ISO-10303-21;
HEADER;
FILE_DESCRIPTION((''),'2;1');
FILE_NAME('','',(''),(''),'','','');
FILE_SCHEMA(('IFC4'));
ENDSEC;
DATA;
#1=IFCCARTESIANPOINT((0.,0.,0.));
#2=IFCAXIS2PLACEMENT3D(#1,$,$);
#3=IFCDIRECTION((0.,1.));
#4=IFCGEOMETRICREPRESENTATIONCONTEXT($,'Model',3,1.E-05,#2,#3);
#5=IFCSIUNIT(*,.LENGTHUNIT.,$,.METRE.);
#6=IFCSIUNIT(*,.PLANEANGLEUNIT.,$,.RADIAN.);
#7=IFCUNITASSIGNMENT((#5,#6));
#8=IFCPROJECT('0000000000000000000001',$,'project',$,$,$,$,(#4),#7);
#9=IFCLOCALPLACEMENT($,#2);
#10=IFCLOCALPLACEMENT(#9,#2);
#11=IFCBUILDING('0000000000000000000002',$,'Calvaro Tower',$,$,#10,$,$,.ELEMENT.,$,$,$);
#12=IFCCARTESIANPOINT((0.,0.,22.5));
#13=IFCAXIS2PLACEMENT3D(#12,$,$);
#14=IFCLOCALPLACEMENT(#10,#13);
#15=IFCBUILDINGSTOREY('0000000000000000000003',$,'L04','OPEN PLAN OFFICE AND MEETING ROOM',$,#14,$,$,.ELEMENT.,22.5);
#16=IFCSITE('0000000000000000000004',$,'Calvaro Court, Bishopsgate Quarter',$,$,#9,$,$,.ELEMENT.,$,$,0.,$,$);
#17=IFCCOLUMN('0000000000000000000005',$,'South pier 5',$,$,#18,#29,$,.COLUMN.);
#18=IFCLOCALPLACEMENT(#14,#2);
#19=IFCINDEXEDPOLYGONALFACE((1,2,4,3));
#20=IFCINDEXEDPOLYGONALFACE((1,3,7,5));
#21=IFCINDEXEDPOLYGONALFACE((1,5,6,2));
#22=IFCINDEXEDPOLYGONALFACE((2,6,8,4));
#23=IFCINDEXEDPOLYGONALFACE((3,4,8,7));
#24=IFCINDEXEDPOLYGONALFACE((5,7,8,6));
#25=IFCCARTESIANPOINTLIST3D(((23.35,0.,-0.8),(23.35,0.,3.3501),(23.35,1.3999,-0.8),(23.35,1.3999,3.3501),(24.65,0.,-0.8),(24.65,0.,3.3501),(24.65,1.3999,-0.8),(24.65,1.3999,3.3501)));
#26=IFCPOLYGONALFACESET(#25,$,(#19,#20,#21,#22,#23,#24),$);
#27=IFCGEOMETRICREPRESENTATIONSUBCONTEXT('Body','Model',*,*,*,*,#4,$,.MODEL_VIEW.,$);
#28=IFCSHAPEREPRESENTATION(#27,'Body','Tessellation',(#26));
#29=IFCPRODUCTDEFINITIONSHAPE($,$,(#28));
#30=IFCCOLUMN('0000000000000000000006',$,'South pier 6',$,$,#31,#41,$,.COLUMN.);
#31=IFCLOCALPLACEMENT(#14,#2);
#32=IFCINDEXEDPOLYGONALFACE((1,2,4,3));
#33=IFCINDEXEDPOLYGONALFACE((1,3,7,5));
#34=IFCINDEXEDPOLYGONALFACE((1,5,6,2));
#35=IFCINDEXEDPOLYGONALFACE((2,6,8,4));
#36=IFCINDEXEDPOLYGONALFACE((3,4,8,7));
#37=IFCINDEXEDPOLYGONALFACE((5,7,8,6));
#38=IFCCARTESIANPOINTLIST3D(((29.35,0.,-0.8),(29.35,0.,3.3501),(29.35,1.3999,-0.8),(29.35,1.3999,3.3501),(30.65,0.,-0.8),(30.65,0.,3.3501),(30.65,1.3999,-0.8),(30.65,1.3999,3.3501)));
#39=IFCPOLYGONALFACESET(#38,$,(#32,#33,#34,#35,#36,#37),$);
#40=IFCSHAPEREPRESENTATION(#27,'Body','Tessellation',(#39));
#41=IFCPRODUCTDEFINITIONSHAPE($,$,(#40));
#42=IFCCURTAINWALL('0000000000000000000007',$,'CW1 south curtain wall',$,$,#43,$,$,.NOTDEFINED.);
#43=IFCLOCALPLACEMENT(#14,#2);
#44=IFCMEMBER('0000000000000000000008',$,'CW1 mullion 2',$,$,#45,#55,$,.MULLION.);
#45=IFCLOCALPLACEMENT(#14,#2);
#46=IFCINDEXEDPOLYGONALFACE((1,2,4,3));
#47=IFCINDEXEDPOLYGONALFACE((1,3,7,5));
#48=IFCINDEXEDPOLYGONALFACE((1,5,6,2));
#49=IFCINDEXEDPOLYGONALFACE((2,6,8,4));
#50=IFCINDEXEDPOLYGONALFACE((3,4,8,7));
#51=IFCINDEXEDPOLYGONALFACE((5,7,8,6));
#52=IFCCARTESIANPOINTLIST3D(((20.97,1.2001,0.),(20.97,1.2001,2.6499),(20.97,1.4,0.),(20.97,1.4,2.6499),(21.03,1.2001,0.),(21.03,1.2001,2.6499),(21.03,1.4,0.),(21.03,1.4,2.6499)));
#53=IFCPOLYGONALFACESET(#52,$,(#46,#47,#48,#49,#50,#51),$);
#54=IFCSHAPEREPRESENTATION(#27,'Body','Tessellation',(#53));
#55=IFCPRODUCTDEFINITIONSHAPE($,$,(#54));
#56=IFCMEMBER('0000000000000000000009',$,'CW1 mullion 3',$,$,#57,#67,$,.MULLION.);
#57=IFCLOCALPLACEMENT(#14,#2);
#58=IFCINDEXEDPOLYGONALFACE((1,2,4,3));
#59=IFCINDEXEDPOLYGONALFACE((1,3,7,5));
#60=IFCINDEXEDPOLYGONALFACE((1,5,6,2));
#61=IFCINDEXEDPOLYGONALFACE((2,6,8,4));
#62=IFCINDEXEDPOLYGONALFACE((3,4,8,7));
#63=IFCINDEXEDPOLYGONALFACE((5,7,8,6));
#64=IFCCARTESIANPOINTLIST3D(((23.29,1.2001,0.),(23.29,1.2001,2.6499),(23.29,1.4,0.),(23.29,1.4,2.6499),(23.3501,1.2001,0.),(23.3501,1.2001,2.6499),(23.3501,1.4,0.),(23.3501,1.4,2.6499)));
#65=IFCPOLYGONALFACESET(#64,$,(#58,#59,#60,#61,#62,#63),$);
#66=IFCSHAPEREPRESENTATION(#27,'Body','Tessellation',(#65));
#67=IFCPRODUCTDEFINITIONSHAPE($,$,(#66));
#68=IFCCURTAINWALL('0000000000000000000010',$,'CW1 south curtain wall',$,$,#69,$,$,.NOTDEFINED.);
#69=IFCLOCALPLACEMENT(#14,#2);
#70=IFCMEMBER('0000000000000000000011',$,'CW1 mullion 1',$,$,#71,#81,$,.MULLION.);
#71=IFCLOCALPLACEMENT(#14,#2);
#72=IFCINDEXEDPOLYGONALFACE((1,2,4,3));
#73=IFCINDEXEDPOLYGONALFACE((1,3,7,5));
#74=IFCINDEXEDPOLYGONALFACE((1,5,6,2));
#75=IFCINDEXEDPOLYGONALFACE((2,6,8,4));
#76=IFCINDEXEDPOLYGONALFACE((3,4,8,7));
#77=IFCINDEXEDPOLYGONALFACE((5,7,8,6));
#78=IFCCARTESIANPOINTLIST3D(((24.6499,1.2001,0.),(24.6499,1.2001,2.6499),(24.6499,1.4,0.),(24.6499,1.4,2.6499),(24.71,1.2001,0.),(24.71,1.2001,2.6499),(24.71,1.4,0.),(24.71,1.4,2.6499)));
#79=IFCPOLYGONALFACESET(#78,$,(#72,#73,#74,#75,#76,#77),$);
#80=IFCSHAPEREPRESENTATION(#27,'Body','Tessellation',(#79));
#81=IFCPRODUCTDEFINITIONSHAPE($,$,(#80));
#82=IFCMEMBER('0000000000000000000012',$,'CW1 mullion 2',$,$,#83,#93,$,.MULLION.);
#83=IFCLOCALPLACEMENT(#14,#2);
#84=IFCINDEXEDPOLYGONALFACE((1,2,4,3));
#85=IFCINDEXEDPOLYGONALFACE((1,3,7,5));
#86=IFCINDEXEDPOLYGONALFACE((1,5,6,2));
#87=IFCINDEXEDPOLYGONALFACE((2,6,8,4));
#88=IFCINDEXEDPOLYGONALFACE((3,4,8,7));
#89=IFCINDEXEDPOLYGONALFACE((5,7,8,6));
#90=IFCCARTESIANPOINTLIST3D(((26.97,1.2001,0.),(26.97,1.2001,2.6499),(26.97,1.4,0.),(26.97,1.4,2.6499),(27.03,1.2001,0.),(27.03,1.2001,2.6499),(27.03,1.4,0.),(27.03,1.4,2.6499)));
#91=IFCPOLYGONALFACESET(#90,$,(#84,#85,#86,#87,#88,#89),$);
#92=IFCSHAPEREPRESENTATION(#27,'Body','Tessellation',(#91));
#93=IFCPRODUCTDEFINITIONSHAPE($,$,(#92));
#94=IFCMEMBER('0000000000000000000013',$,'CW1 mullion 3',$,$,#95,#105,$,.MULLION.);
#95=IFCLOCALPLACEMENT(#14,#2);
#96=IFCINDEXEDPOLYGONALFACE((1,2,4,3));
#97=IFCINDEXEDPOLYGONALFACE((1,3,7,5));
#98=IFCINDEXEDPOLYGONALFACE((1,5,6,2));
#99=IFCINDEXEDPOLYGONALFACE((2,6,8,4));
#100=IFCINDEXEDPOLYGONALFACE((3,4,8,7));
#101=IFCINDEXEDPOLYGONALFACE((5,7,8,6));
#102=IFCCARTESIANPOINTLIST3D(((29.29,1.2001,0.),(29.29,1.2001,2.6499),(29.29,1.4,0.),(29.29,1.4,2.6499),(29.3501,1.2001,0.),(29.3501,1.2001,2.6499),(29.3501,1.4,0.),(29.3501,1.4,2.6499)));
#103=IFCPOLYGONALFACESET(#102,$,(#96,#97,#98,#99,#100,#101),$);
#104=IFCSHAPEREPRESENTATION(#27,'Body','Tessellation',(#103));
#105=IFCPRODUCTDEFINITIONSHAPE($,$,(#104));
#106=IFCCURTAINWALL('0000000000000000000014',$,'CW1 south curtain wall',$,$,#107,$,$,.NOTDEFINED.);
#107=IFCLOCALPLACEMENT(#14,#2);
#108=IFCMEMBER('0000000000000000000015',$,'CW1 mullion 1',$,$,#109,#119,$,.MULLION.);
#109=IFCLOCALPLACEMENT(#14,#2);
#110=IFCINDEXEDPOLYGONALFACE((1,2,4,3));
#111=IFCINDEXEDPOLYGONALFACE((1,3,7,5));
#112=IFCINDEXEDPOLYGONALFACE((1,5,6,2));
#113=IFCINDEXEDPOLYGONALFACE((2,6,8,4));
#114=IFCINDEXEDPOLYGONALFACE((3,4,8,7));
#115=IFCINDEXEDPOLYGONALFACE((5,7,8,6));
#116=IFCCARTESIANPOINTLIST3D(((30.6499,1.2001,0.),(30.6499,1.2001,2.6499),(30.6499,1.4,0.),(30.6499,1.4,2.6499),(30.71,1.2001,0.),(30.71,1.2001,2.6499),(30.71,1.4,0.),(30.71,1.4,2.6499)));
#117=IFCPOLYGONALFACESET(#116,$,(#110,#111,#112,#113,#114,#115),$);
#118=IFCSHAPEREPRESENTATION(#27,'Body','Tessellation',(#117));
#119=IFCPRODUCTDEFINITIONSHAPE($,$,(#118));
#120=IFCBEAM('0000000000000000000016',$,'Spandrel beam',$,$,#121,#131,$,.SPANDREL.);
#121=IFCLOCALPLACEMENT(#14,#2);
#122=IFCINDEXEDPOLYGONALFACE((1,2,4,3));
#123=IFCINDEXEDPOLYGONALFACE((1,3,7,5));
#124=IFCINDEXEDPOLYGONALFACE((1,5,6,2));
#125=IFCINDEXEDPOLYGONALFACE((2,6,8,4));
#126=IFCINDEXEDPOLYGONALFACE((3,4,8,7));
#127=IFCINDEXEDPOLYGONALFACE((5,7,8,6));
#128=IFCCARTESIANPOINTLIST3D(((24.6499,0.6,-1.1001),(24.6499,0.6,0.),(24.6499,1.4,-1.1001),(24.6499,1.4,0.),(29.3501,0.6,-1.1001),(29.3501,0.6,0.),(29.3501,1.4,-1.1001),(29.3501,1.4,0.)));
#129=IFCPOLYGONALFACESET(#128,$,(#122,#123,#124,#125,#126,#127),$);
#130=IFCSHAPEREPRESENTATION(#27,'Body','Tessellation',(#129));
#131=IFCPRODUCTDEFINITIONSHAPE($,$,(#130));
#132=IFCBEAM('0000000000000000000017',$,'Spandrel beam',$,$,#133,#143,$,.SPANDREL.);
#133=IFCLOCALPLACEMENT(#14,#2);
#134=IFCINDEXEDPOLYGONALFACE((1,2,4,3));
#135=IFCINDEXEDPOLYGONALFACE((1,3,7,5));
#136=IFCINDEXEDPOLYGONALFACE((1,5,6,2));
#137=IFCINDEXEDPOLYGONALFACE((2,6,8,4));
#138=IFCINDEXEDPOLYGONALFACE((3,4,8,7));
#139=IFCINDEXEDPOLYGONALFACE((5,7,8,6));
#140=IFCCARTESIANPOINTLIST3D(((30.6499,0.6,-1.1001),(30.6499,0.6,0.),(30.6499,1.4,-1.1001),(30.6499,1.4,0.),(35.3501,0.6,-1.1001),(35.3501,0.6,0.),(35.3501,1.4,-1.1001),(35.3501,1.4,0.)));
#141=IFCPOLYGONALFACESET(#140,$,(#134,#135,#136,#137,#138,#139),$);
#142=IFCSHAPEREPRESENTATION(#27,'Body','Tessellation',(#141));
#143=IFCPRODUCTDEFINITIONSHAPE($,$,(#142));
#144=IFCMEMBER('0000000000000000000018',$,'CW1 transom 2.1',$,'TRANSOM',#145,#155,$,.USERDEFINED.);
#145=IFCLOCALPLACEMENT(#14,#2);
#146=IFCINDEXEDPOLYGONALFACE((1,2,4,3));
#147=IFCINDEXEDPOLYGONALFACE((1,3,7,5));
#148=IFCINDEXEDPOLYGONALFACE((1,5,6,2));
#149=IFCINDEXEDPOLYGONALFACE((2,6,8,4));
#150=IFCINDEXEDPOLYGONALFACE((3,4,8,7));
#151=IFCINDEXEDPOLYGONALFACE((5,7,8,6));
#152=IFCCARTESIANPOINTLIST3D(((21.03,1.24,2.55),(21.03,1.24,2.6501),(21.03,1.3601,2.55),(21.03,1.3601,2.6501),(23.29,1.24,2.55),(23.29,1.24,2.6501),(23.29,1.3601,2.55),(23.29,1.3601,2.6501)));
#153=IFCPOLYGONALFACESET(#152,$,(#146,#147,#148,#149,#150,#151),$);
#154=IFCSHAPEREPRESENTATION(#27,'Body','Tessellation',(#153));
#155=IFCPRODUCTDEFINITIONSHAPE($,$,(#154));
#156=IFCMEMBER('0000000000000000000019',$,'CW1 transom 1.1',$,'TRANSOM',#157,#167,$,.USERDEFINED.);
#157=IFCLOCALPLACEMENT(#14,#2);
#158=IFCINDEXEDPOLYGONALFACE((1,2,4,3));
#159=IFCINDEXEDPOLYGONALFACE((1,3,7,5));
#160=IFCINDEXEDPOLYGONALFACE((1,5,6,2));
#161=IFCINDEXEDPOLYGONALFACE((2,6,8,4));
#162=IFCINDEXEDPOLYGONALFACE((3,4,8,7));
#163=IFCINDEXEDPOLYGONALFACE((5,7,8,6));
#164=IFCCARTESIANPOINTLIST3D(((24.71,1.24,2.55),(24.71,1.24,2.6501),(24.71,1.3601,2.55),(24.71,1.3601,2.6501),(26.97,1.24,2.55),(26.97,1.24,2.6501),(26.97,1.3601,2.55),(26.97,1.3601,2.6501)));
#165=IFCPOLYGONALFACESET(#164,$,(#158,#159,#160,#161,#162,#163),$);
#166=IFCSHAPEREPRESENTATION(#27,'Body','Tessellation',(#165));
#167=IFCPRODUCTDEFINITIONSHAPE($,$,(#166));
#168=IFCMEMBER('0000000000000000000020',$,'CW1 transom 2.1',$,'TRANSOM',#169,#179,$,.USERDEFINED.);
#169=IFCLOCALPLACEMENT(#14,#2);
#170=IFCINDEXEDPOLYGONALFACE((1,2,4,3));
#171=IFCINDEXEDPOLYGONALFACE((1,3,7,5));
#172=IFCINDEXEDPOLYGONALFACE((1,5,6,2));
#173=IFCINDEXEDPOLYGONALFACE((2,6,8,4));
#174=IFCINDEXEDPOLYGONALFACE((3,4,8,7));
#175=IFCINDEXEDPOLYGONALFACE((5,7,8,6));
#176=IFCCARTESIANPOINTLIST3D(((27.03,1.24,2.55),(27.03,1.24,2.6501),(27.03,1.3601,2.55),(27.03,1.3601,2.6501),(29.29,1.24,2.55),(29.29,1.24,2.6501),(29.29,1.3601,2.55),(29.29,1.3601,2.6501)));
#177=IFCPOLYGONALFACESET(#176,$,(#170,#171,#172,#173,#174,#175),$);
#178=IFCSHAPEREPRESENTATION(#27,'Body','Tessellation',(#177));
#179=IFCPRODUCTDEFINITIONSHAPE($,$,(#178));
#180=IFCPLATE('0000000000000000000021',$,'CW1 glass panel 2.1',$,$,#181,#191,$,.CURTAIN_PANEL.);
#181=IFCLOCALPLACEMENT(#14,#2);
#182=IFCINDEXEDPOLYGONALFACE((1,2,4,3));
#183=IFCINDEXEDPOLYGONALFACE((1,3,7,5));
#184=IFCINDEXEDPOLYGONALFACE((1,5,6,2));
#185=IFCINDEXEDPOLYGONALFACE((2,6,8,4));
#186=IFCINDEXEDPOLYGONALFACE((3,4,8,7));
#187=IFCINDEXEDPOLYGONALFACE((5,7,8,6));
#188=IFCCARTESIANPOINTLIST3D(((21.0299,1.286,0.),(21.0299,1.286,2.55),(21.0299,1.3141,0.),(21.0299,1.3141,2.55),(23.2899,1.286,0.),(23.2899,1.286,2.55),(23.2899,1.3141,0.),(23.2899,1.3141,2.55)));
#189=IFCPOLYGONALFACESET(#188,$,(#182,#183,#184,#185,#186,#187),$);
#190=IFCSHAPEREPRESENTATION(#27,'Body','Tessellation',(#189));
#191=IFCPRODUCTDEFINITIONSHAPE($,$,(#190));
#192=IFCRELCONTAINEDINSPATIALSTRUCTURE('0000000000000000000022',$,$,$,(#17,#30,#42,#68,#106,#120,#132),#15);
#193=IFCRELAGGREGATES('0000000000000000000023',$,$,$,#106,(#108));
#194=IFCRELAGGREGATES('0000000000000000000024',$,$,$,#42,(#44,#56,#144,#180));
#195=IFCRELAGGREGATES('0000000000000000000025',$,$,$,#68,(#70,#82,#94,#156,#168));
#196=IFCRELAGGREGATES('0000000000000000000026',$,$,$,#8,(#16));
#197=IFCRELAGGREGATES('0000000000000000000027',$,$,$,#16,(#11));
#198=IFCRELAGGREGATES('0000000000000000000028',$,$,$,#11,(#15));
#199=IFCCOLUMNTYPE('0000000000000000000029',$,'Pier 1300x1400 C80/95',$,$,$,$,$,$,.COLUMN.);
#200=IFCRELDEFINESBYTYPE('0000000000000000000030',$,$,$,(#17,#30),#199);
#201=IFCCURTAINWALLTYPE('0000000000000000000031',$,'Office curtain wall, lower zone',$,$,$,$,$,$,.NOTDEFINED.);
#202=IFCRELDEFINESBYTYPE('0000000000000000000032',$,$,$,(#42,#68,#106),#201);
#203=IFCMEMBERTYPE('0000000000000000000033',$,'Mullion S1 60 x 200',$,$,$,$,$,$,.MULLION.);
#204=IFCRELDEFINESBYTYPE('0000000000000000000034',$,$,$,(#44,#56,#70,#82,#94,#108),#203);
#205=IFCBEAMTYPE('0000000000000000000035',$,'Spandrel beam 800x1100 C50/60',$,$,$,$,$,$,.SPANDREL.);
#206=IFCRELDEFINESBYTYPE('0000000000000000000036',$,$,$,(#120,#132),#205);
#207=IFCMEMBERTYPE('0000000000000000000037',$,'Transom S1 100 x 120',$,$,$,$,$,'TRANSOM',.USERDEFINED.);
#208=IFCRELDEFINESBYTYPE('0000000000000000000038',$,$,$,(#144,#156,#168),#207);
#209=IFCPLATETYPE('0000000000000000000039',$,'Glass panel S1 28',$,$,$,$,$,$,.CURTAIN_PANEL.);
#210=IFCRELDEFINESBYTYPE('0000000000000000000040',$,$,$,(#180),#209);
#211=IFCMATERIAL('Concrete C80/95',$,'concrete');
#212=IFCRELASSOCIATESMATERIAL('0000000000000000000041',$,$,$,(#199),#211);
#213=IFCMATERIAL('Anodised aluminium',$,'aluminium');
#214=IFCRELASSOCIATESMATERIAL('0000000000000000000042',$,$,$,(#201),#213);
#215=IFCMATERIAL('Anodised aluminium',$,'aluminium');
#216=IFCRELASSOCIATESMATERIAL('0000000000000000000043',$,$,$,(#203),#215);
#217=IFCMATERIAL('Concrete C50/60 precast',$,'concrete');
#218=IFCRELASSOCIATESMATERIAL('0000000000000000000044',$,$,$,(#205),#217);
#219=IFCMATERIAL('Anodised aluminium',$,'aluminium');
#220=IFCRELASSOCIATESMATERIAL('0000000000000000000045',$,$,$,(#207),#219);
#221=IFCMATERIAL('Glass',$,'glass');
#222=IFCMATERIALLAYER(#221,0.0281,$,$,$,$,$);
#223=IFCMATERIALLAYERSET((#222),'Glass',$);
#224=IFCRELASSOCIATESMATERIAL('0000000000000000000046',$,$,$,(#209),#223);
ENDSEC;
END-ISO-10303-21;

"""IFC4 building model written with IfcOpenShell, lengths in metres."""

from ifc_helpers import new_model, si_unit, direction, frame, origin, origin_2d, place, context, subcontext, project, spatial, rectangle, extrude, material, layer, layer_set, material_profile, profile_set, type_object, element, aggregate, save


model = new_model("IFC4")

# Units and contexts
model_context = context("Model", 3, precision=1e-05, world=origin(), true_north=direction((0.0, 1.0)))
body_context = subcontext(model_context, "Body", "Model", "MODEL_VIEW")
ifc_project = project(units=[si_unit("LENGTHUNIT", "METRE"), si_unit("PLANEANGLEUNIT", "RADIAN")], contexts=[model_context])

# Site, building, storey
site_placement = place(None, origin())
site = spatial("IfcSite", under=ifc_project, at=site_placement, Name="Calvaro Court, Bishopsgate Quarter", CompositionType="ELEMENT", RefElevation=0.0)
building_placement = place(site_placement, origin())
building = spatial("IfcBuilding", under=site, at=building_placement, Name="Calvaro Tower", CompositionType="ELEMENT")
storey_placement = place(building_placement, frame((0.0, 0.0, 22.5)))
storey = spatial("IfcBuildingStorey", under=building, at=storey_placement, Name="L04", Description="OPEN PLAN OFFICE AND MEETING ROOM", CompositionType="ELEMENT", Elevation=22.5)

# Columns
ifc_material_1 = material(Name="Concrete C80/95", Category="concrete")
ifc_material_profile_1 = material_profile(ifc_material_1, rectangle(XDim=1.3, YDim=1.3999, at=origin_2d()), Name="RC 1300x1400")
ifc_profile_set_1 = profile_set([ifc_material_profile_1], Name="Concrete C80/95")
column_type = type_object("IfcColumnType", Name="Pier 1300x1400 C80/95", PredefinedType="COLUMN", material=ifc_profile_set_1)
for number, where, z_axis, x_axis, name in (
    (1, (24.0, 0.7, -0.8), (0.0, 0.0, 1.0), (1.0, 0.0, 0.0), "South pier 5"),
    (2, (30.0, 0.7, -0.8), (0.0, 0.0, 1.0), (1.0, 0.0, 0.0), "South pier 6"),
):
    element("IfcColumn", number, at=place(storey_placement, frame(where, z_axis=z_axis, x_axis=x_axis)), inside=storey, type_object=column_type, Name=name, PredefinedType="COLUMN", context=body_context, shape_type="SweptSolid", body=[
        extrude(rectangle(XDim=1.3, YDim=1.3999, at=origin_2d()), origin(), (0.0, 0.0, 1.0), 4.1501),
    ])

# Curtain walls, members
ifc_material_2 = material(Name="Anodised aluminium", Category="aluminium")
curtain_wall_type = type_object("IfcCurtainWallType", Name="Office curtain wall, lower zone", PredefinedType="NOTDEFINED", material=ifc_material_2)
curtain_wall_1_placement = place(storey_placement, origin())
curtain_wall_1 = element("IfcCurtainWall", 3, at=curtain_wall_1_placement, inside=storey, type_object=curtain_wall_type, Name="CW1 south curtain wall", PredefinedType="NOTDEFINED")
ifc_material_3 = material(Name="Anodised aluminium", Category="aluminium")
ifc_material_profile_2 = material_profile(ifc_material_3, rectangle(XDim=0.2, YDim=0.0601, at=origin_2d()), Name="Mullion S1 60 x 200")
ifc_profile_set_2 = profile_set([ifc_material_profile_2], Name="Anodised aluminium")
member_type_1 = type_object("IfcMemberType", Name="Mullion S1 60 x 200", PredefinedType="MULLION", material=ifc_profile_set_2)
member_1_placement = place(storey_placement, frame((21.0, 1.3, 0.0), z_axis=(0.0, 0.0, 1.0), x_axis=(0.0, 1.0, 0.0)))
member_1 = element("IfcMember", 4, at=member_1_placement, type_object=member_type_1, Name="CW1 mullion 2", PredefinedType="MULLION", context=body_context, shape_type="SweptSolid", body=[
    extrude(rectangle(XDim=0.2, YDim=0.0601, at=origin_2d()), origin(), (0.0, 0.0, 1.0), 2.6499),
])
member_2_placement = place(storey_placement, frame((23.3201, 1.3, 0.0), z_axis=(0.0, 0.0, 1.0), x_axis=(0.0, 1.0, 0.0)))
member_2 = element("IfcMember", 5, at=member_2_placement, type_object=member_type_1, Name="CW1 mullion 3", PredefinedType="MULLION", context=body_context, shape_type="SweptSolid", body=[
    extrude(rectangle(XDim=0.2, YDim=0.0601, at=origin_2d()), origin(), (0.0, 0.0, 1.0), 2.6499),
])
curtain_wall_2_placement = place(storey_placement, origin())
curtain_wall_2 = element("IfcCurtainWall", 6, at=curtain_wall_2_placement, inside=storey, type_object=curtain_wall_type, Name="CW1 south curtain wall", PredefinedType="NOTDEFINED")
member_3_placement = place(storey_placement, frame((24.6799, 1.3, 0.0), z_axis=(0.0, 0.0, 1.0), x_axis=(0.0, 1.0, 0.0)))
member_3 = element("IfcMember", 7, at=member_3_placement, type_object=member_type_1, Name="CW1 mullion 1", PredefinedType="MULLION", context=body_context, shape_type="SweptSolid", body=[
    extrude(rectangle(XDim=0.2, YDim=0.0601, at=origin_2d()), origin(), (0.0, 0.0, 1.0), 2.6499),
])
member_4_placement = place(storey_placement, frame((27.0, 1.3, 0.0), z_axis=(0.0, 0.0, 1.0), x_axis=(0.0, 1.0, 0.0)))
member_4 = element("IfcMember", 8, at=member_4_placement, type_object=member_type_1, Name="CW1 mullion 2", PredefinedType="MULLION", context=body_context, shape_type="SweptSolid", body=[
    extrude(rectangle(XDim=0.2, YDim=0.0601, at=origin_2d()), origin(), (0.0, 0.0, 1.0), 2.6499),
])
member_5_placement = place(storey_placement, frame((29.3201, 1.3, 0.0), z_axis=(0.0, 0.0, 1.0), x_axis=(0.0, 1.0, 0.0)))
member_5 = element("IfcMember", 9, at=member_5_placement, type_object=member_type_1, Name="CW1 mullion 3", PredefinedType="MULLION", context=body_context, shape_type="SweptSolid", body=[
    extrude(rectangle(XDim=0.2, YDim=0.0601, at=origin_2d()), origin(), (0.0, 0.0, 1.0), 2.6499),
])

# Curtain wall, member
curtain_wall_3_placement = place(storey_placement, origin())
curtain_wall_3 = element("IfcCurtainWall", 10, at=curtain_wall_3_placement, inside=storey, type_object=curtain_wall_type, Name="CW1 south curtain wall", PredefinedType="NOTDEFINED")
member_6_placement = place(storey_placement, frame((30.6799, 1.3, 0.0), z_axis=(0.0, 0.0, 1.0), x_axis=(0.0, 1.0, 0.0)))
member_6 = element("IfcMember", 11, at=member_6_placement, type_object=member_type_1, Name="CW1 mullion 1", PredefinedType="MULLION", context=body_context, shape_type="SweptSolid", body=[
    extrude(rectangle(XDim=0.2, YDim=0.0601, at=origin_2d()), origin(), (0.0, 0.0, 1.0), 2.6499),
])
aggregate(curtain_wall_3, [member_6])

# Beams
ifc_material_4 = material(Name="Concrete C50/60 precast", Category="concrete")
ifc_material_profile_3 = material_profile(ifc_material_4, rectangle(XDim=0.8, YDim=1.1001, at=origin_2d()), Name="RC 800x1100")
ifc_profile_set_3 = profile_set([ifc_material_profile_3], Name="Concrete C50/60 precast")
beam_type = type_object("IfcBeamType", Name="Spandrel beam 800x1100 C50/60", PredefinedType="SPANDREL", material=ifc_profile_set_3)
for number, where, z_axis, x_axis, name in (
    (12, (24.6499, 1.0, -0.55), (1.0, 0.0, 0.0), (0.0, 1.0, 0.0), "Spandrel beam"),
    (13, (30.6499, 1.0, -0.55), (1.0, 0.0, 0.0), (0.0, 1.0, 0.0), "Spandrel beam"),
):
    element("IfcBeam", number, at=place(storey_placement, frame(where, z_axis=z_axis, x_axis=x_axis)), inside=storey, type_object=beam_type, Name=name, PredefinedType="SPANDREL", context=body_context, shape_type="SweptSolid", body=[
        extrude(rectangle(XDim=0.8, YDim=1.1001, at=origin_2d()), origin(), (0.0, 0.0, 1.0), 4.7002),
    ])

# Members
ifc_material_5 = material(Name="Anodised aluminium", Category="aluminium")
ifc_material_profile_4 = material_profile(ifc_material_5, rectangle(XDim=0.1201, YDim=0.1001, at=origin_2d()), Name="Transom S1 100 x 120")
ifc_profile_set_4 = profile_set([ifc_material_profile_4], Name="Anodised aluminium")
member_type_2 = type_object("IfcMemberType", Name="Transom S1 100 x 120", ElementType="TRANSOM", PredefinedType="USERDEFINED", material=ifc_profile_set_4)
member_7_placement = place(storey_placement, frame((21.03, 1.3, 2.6001), z_axis=(1.0, 0.0, 0.0), x_axis=(0.0, 1.0, 0.0)))
member_7 = element("IfcMember", 14, at=member_7_placement, type_object=member_type_2, Name="CW1 transom 2.1", ObjectType="TRANSOM", PredefinedType="USERDEFINED", context=body_context, shape_type="SweptSolid", body=[
    extrude(rectangle(XDim=0.1201, YDim=0.1001, at=origin_2d()), origin(), (0.0, 0.0, 1.0), 2.26),
])
member_8_placement = place(storey_placement, frame((24.71, 1.3, 2.6001), z_axis=(1.0, 0.0, 0.0), x_axis=(0.0, 1.0, 0.0)))
member_8 = element("IfcMember", 15, at=member_8_placement, type_object=member_type_2, Name="CW1 transom 1.1", ObjectType="TRANSOM", PredefinedType="USERDEFINED", context=body_context, shape_type="SweptSolid", body=[
    extrude(rectangle(XDim=0.1201, YDim=0.1001, at=origin_2d()), origin(), (0.0, 0.0, 1.0), 2.26),
])
member_9_placement = place(storey_placement, frame((27.03, 1.3, 2.6001), z_axis=(1.0, 0.0, 0.0), x_axis=(0.0, 1.0, 0.0)))
member_9 = element("IfcMember", 16, at=member_9_placement, type_object=member_type_2, Name="CW1 transom 2.1", ObjectType="TRANSOM", PredefinedType="USERDEFINED", context=body_context, shape_type="SweptSolid", body=[
    extrude(rectangle(XDim=0.1201, YDim=0.1001, at=origin_2d()), origin(), (0.0, 0.0, 1.0), 2.26),
])

# Plate
ifc_material_6 = material(Name="Glass", Category="glass")
ifc_layer = layer(ifc_material_6, 0.0281)
ifc_layer_set = layer_set([ifc_layer], Name="Glass")
plate_type = type_object("IfcPlateType", Name="Glass panel S1 28", PredefinedType="CURTAIN_PANEL", material=ifc_layer_set)
plate_1_placement = place(storey_placement, frame((22.1599, 1.3, 0.0), z_axis=(0.0, 0.0, 1.0), x_axis=(1.0, 0.0, 0.0)))
plate_1 = element("IfcPlate", 17, at=plate_1_placement, type_object=plate_type, Name="CW1 glass panel 2.1", PredefinedType="CURTAIN_PANEL", context=body_context, shape_type="SweptSolid", body=[
    extrude(rectangle(XDim=2.26, YDim=0.0281, at=origin_2d()), origin(), (0.0, 0.0, 1.0), 2.55),
])
aggregate(curtain_wall_1, [member_1, member_2, member_7, plate_1])
aggregate(curtain_wall_2, [member_3, member_4, member_5, member_8, member_9])

save(model, "model.ifc")
